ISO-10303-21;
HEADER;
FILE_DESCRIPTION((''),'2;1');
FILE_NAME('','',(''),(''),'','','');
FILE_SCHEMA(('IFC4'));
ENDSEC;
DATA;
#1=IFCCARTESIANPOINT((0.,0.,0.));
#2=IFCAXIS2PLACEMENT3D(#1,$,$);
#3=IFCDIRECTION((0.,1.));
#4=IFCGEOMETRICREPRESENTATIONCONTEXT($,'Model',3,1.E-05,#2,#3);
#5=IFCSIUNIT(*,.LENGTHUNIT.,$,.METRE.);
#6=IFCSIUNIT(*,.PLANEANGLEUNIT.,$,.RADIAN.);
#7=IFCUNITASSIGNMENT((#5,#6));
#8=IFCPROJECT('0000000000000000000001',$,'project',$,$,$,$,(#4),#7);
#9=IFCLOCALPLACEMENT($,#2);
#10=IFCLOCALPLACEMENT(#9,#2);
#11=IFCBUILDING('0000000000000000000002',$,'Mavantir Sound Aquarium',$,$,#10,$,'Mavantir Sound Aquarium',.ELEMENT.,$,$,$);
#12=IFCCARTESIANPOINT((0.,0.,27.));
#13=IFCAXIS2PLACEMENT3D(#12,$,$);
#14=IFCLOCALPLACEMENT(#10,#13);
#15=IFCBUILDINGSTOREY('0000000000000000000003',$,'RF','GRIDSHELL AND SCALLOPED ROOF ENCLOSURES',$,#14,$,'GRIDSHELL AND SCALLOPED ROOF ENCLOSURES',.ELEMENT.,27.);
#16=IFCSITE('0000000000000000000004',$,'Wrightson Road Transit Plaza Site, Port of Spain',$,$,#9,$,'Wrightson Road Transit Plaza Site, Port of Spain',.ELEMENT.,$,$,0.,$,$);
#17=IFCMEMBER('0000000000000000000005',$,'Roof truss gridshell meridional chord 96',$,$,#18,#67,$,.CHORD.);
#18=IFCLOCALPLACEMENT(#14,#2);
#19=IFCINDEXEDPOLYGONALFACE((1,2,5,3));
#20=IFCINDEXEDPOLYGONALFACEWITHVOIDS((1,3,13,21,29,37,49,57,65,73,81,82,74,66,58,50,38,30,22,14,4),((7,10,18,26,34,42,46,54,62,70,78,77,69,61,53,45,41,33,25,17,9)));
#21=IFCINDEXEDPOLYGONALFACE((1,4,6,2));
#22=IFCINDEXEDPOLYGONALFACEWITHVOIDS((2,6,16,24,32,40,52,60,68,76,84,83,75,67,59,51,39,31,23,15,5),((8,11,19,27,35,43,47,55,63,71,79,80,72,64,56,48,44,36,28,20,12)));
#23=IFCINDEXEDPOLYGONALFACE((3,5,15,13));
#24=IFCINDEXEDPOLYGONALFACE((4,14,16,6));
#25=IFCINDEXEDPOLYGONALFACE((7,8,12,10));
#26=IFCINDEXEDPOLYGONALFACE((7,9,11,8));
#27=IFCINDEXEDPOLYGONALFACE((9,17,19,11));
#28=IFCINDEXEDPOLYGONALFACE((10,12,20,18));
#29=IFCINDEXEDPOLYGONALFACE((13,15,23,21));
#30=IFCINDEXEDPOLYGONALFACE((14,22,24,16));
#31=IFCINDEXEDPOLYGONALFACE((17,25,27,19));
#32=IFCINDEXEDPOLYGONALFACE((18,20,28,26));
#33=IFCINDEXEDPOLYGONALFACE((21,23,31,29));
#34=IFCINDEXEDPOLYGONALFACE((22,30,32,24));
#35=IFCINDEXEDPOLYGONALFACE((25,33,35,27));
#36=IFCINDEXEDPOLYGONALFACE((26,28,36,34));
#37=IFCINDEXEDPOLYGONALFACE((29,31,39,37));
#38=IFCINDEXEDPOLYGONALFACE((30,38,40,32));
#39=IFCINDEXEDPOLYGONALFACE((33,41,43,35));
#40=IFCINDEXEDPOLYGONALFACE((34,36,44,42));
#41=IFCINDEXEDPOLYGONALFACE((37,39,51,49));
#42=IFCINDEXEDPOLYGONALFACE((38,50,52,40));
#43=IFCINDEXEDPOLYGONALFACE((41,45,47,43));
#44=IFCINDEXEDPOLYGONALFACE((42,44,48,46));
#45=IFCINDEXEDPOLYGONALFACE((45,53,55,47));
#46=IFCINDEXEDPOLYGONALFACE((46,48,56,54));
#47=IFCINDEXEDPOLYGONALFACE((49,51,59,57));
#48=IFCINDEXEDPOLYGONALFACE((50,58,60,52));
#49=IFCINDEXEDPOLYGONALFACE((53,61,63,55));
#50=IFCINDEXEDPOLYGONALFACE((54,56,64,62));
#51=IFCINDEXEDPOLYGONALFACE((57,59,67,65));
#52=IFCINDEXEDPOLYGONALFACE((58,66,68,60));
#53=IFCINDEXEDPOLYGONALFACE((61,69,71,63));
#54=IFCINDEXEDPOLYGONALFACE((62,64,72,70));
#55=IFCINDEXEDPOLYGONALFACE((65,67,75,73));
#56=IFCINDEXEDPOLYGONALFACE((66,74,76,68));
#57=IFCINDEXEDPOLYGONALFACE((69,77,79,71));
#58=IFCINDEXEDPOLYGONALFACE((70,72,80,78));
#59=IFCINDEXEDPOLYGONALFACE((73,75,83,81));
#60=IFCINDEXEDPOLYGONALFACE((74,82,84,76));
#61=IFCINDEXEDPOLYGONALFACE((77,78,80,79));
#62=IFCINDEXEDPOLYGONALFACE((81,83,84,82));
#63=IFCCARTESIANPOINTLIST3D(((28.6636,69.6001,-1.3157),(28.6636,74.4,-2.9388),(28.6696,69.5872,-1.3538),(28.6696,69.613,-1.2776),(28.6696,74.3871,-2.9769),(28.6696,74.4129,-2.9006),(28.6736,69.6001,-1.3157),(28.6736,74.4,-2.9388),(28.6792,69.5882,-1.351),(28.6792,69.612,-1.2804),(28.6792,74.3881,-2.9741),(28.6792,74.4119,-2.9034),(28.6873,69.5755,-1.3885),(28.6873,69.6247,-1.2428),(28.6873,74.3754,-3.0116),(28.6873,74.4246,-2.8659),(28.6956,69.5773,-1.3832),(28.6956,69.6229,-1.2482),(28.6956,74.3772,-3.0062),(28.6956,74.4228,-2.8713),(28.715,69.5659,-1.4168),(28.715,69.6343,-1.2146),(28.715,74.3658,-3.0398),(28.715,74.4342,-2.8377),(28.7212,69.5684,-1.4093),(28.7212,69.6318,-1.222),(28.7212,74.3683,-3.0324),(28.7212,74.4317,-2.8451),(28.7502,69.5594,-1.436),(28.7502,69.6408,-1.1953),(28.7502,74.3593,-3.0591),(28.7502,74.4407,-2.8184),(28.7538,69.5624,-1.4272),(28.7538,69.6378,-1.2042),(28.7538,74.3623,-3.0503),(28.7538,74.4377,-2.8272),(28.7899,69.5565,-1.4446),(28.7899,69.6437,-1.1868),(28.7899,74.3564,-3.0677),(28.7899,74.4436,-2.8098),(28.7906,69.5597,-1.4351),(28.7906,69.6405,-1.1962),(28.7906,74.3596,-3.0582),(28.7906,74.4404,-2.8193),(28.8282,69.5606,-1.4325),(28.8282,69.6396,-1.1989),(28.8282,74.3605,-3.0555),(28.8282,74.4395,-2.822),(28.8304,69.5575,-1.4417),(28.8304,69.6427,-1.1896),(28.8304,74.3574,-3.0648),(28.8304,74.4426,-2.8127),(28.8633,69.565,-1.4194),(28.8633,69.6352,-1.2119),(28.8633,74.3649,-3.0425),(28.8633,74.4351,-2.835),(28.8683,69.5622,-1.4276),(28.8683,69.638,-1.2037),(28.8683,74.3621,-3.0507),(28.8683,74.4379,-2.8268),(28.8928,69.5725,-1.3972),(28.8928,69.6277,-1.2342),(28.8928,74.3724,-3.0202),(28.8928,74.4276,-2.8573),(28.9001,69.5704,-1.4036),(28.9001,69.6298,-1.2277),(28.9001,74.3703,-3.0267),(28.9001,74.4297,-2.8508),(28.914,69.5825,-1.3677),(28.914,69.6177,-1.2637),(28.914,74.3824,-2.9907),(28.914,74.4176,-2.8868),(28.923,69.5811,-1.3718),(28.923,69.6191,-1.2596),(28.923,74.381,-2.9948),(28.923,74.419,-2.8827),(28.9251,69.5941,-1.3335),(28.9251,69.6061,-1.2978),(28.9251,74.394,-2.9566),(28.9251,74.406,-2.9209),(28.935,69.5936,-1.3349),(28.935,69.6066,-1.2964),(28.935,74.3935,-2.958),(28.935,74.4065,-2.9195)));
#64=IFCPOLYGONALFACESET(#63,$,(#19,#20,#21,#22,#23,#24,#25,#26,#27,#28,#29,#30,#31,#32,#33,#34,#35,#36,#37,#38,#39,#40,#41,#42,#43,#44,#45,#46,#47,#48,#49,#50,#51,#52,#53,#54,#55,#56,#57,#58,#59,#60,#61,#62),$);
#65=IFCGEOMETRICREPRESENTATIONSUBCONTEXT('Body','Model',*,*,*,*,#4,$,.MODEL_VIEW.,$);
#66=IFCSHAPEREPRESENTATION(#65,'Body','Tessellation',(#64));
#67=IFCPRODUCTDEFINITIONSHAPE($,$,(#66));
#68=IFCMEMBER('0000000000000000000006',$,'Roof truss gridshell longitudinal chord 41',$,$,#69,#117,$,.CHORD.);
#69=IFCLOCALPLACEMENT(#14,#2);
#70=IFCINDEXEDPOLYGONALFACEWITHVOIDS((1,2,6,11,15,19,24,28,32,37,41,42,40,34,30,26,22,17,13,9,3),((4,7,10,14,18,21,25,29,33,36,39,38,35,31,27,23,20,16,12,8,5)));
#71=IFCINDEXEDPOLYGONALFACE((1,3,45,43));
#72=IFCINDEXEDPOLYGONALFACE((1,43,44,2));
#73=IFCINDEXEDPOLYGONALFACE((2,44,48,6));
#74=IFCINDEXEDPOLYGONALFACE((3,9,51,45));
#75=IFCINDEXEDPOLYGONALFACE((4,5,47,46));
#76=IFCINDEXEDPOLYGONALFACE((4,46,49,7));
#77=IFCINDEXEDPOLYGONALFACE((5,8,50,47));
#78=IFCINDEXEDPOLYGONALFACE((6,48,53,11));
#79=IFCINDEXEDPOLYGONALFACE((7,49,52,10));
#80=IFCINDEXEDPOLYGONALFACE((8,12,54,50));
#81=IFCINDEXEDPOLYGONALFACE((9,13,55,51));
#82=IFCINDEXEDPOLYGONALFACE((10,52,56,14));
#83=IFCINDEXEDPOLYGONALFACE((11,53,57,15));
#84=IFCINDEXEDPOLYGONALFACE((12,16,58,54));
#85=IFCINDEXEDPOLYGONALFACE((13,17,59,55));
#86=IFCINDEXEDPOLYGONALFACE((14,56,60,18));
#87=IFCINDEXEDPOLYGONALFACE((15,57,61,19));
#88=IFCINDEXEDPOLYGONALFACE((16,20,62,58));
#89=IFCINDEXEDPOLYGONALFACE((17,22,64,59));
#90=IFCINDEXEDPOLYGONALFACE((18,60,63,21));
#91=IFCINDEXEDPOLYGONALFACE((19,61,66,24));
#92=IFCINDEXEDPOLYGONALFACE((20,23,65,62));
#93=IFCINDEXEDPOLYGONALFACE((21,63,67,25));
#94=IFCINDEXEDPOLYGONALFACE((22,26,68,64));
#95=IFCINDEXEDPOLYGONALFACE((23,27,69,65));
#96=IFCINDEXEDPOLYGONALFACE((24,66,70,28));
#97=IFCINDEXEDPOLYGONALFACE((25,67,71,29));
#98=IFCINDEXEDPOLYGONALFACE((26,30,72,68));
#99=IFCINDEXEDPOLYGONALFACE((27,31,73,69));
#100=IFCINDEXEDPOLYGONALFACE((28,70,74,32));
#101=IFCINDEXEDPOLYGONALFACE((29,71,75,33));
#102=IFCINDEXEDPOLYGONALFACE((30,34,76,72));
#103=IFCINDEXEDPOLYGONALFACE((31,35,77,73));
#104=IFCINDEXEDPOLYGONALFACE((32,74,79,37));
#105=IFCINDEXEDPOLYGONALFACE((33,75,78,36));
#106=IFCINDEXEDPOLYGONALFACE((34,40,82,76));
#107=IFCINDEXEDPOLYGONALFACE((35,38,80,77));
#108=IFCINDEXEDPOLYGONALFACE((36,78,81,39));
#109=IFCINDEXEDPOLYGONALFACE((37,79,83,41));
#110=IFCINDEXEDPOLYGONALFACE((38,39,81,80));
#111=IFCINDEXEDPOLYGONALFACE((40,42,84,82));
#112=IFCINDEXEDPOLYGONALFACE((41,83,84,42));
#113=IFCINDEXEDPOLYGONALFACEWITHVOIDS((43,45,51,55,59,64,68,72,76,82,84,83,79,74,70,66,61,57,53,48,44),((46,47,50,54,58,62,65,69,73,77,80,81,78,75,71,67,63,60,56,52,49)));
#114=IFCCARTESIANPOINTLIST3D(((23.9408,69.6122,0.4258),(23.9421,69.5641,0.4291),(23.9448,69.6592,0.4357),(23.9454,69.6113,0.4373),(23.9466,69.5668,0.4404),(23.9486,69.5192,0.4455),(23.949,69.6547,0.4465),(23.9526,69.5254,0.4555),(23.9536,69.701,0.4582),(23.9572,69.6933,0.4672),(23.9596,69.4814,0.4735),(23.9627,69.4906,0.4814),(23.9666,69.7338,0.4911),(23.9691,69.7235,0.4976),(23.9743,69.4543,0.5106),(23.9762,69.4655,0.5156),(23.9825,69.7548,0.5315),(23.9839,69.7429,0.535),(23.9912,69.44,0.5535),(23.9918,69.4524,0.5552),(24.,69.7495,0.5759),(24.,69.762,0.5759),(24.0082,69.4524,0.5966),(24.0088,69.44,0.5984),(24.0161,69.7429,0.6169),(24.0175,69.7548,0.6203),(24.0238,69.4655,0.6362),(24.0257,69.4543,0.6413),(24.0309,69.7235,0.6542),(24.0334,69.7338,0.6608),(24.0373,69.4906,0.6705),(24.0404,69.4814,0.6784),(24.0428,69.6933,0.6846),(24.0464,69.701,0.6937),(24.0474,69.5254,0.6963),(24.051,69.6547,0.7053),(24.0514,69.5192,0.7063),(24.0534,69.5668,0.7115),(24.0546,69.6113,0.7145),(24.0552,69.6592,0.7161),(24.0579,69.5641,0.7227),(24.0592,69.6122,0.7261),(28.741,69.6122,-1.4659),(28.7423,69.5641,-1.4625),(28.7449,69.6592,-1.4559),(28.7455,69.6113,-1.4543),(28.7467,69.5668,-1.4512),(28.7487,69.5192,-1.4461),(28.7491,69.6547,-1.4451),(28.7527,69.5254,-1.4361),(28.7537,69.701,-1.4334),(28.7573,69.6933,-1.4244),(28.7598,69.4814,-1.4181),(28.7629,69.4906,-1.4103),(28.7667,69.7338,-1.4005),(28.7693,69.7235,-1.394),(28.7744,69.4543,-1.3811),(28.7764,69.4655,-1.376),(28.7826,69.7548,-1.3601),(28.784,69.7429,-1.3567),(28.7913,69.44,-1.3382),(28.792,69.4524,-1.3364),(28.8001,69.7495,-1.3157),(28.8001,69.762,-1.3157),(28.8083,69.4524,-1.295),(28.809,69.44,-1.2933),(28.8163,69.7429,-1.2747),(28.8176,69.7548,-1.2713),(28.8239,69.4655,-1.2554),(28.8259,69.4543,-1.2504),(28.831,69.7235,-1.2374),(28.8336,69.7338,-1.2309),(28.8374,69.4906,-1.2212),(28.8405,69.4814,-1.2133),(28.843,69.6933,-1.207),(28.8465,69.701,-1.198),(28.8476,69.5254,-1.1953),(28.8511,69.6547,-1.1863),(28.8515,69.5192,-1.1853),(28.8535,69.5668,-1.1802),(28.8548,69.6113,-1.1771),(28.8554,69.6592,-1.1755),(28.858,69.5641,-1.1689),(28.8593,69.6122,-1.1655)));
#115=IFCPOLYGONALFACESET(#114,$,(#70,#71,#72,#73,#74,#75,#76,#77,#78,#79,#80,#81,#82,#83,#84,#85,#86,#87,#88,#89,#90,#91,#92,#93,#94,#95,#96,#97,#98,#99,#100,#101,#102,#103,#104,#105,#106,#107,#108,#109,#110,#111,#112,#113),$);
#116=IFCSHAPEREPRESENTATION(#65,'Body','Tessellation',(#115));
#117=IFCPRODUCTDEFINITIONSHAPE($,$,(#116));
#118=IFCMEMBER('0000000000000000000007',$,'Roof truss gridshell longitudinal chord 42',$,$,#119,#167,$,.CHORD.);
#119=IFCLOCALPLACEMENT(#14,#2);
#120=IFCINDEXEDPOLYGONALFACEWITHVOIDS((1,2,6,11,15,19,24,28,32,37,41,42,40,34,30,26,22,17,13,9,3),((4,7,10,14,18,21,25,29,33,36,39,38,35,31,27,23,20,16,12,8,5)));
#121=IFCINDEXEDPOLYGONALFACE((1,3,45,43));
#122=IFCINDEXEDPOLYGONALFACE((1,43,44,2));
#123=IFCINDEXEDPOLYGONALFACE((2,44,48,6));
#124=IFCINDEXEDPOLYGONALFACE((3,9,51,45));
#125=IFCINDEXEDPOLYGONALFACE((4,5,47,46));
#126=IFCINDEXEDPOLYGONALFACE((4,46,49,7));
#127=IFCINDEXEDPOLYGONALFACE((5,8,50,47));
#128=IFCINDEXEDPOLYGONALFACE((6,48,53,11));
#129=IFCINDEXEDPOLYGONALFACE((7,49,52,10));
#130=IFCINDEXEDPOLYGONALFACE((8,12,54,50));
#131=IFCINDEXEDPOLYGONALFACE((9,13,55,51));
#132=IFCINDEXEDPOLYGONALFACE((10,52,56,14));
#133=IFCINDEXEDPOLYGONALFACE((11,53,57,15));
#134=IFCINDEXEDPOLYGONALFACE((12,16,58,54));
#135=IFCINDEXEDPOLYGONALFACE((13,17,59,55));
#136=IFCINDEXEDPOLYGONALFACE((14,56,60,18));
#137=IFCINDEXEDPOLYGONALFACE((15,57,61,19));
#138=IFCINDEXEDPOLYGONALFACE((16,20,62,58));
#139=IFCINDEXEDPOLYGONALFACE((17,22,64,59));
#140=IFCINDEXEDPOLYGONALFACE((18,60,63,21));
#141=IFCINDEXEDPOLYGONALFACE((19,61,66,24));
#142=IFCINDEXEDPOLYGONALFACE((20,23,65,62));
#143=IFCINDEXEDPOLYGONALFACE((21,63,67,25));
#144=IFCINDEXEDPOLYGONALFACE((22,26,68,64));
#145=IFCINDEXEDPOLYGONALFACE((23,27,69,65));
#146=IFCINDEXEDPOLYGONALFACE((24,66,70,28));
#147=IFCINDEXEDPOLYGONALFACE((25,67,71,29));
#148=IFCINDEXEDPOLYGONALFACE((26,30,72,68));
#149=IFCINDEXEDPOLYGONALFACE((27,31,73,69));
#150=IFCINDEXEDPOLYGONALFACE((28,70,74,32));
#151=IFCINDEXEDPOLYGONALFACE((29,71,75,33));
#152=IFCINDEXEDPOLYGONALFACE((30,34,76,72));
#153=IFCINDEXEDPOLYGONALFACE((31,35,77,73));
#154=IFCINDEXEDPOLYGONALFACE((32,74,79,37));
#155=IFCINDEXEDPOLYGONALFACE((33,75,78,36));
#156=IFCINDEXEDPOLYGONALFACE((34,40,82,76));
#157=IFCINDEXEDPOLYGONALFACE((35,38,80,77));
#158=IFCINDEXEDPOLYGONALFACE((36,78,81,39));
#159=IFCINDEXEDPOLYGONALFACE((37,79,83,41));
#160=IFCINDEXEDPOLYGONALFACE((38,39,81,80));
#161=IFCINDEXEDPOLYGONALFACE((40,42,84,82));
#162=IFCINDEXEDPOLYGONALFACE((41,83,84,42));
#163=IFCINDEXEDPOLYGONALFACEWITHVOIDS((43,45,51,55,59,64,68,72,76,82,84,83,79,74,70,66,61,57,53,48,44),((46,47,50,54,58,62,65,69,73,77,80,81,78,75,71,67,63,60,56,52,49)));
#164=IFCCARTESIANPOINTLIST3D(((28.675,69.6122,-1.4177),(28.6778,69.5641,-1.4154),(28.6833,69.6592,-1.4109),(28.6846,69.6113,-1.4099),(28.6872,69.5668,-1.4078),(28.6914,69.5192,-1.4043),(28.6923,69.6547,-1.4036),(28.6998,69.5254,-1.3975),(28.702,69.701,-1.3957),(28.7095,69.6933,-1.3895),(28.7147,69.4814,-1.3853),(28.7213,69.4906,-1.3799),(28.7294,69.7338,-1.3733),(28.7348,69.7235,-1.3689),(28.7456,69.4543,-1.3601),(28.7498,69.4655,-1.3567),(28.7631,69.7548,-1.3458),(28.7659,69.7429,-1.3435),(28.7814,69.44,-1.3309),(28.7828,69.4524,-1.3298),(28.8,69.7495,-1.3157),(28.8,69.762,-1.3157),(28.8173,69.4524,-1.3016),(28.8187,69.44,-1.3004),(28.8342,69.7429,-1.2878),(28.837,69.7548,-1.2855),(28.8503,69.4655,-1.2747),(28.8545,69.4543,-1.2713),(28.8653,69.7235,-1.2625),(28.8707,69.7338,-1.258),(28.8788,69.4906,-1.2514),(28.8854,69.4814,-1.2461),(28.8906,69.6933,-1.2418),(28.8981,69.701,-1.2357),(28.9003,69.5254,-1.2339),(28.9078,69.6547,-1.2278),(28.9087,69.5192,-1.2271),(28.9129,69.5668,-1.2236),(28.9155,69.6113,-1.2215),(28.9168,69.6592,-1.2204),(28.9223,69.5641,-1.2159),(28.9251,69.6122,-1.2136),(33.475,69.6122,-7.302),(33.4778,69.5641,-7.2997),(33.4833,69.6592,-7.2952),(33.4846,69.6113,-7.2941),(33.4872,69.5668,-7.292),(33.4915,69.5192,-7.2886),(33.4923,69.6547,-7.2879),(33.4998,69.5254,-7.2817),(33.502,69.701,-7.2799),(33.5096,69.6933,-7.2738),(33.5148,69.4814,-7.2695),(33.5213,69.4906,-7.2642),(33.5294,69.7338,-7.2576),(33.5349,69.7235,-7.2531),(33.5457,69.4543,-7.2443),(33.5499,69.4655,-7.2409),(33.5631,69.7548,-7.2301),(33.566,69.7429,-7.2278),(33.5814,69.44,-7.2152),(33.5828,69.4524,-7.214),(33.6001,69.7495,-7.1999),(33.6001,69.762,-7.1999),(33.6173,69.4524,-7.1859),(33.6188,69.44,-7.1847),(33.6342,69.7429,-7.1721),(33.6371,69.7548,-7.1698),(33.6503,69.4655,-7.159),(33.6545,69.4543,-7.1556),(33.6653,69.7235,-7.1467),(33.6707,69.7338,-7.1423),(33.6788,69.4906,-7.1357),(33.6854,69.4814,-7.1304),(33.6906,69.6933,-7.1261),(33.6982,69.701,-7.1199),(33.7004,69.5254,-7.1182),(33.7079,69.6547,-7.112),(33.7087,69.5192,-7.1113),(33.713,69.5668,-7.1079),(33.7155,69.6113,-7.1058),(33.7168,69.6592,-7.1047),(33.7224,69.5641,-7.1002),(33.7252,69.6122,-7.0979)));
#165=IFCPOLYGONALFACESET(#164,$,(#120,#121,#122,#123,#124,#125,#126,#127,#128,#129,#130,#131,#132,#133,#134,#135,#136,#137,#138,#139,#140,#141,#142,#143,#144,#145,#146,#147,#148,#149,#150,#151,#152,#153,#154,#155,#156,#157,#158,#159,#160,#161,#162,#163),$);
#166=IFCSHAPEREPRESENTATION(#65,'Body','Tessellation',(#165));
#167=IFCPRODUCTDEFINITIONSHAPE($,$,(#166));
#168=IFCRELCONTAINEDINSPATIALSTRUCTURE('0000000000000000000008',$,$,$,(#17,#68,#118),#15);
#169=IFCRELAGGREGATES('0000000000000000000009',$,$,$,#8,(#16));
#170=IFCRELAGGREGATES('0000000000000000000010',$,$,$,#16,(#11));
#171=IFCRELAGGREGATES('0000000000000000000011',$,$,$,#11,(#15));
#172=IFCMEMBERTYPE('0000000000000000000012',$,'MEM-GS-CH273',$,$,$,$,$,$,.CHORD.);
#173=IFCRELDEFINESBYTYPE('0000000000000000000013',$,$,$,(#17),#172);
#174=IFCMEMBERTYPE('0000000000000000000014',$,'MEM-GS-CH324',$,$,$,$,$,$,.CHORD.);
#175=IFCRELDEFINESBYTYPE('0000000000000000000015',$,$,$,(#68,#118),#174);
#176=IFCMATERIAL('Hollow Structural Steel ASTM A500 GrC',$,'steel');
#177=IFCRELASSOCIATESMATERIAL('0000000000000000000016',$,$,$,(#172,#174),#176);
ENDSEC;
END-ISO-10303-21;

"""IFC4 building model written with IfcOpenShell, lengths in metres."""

from ifc_helpers import new_model, si_unit, direction, frame, origin, origin_2d, place, context, subcontext, project, spatial, hollow_circle, extrude, material, material_profile, profile_set, type_object, element, save


model = new_model("IFC4")

# Units and contexts
model_context = context("Model", 3, precision=1e-05, world=origin(), true_north=direction((0.0, 1.0)))
body_context = subcontext(model_context, "Body", "Model", "MODEL_VIEW")
ifc_project = project(units=[si_unit("LENGTHUNIT", "METRE"), si_unit("PLANEANGLEUNIT", "RADIAN")], contexts=[model_context])

# Site, building, storey
site_placement = place(None, origin())
site = spatial("IfcSite", under=ifc_project, at=site_placement, Name="Wrightson Road Transit Plaza Site, Port of Spain", LongName="Wrightson Road Transit Plaza Site, Port of Spain", CompositionType="ELEMENT", RefElevation=0.0)
building_placement = place(site_placement, origin())
building = spatial("IfcBuilding", under=site, at=building_placement, Name="Mavantir Sound Aquarium", LongName="Mavantir Sound Aquarium", CompositionType="ELEMENT")
storey_placement = place(building_placement, frame((0.0, 0.0, 27.0)))
storey = spatial("IfcBuildingStorey", under=building, at=storey_placement, Name="RF", Description="GRIDSHELL AND SCALLOPED ROOF ENCLOSURES", LongName="GRIDSHELL AND SCALLOPED ROOF ENCLOSURES", CompositionType="ELEMENT", Elevation=27.0)

# Shared definitions
ifc_material_1 = material(Name="Hollow Structural Steel ASTM A500 GrC", Category="steel")

# Members
ifc_material_profile_1 = material_profile(ifc_material_1, hollow_circle(Radius=0.1365, WallThickness=0.01, at=origin_2d()), Name="CHS 273X10")
ifc_profile_set_1 = profile_set([ifc_material_profile_1], Name="Hollow Structural Steel ASTM A500 GrC")
member_type_1 = type_object("IfcMemberType", Name="MEM-GS-CH273", PredefinedType="CHORD", material=ifc_profile_set_1)
member_1_placement = place(storey_placement, frame((28.8, 69.6001, -1.3157), z_axis=(0.0, 0.947306, -0.32033), x_axis=(-1.0, 0.0, 0.0)))
element("IfcMember", 1, at=member_1_placement, inside=storey, type_object=member_type_1, Name="Roof truss gridshell meridional chord 96", PredefinedType="CHORD", context=body_context, shape_type="SweptSolid", body=[
    extrude(hollow_circle(Radius=0.1365, WallThickness=0.01, at=origin_2d()), origin(), (0.0, 0.0, 1.0), 5.0669),
])
ifc_material_profile_2 = material_profile(ifc_material_1, hollow_circle(Radius=0.1619, WallThickness=0.0125, at=origin_2d()), Name="CHS 323.9X12.5")
ifc_profile_set_2 = profile_set([ifc_material_profile_2], Name="Hollow Structural Steel ASTM A500 GrC")
member_type_2 = type_object("IfcMemberType", Name="MEM-GS-CH324", PredefinedType="CHORD", material=ifc_profile_set_2)
member_2_placement = place(storey_placement, frame((24.0, 69.6001, 0.5759), z_axis=(0.930364, 0.0, -0.366637), x_axis=(0.0, 1.0, 0.0)))
element("IfcMember", 2, at=member_2_placement, inside=storey, type_object=member_type_2, Name="Roof truss gridshell longitudinal chord 41", PredefinedType="CHORD", context=body_context, shape_type="SweptSolid", body=[
    extrude(hollow_circle(Radius=0.1619, WallThickness=0.0125, at=origin_2d()), origin(), (0.0, 0.0, 1.0), 5.1594),
])
member_3_placement = place(storey_placement, frame((28.8, 69.6001, -1.3157), z_axis=(0.632104, 0.0, -0.774883), x_axis=(0.0, 1.0, 0.0)))
element("IfcMember", 3, at=member_3_placement, inside=storey, type_object=member_type_2, Name="Roof truss gridshell longitudinal chord 42", PredefinedType="CHORD", context=body_context, shape_type="SweptSolid", body=[
    extrude(hollow_circle(Radius=0.1619, WallThickness=0.0125, at=origin_2d()), origin(), (0.0, 0.0, 1.0), 7.5938),
])

save(model, "model.ifc")
